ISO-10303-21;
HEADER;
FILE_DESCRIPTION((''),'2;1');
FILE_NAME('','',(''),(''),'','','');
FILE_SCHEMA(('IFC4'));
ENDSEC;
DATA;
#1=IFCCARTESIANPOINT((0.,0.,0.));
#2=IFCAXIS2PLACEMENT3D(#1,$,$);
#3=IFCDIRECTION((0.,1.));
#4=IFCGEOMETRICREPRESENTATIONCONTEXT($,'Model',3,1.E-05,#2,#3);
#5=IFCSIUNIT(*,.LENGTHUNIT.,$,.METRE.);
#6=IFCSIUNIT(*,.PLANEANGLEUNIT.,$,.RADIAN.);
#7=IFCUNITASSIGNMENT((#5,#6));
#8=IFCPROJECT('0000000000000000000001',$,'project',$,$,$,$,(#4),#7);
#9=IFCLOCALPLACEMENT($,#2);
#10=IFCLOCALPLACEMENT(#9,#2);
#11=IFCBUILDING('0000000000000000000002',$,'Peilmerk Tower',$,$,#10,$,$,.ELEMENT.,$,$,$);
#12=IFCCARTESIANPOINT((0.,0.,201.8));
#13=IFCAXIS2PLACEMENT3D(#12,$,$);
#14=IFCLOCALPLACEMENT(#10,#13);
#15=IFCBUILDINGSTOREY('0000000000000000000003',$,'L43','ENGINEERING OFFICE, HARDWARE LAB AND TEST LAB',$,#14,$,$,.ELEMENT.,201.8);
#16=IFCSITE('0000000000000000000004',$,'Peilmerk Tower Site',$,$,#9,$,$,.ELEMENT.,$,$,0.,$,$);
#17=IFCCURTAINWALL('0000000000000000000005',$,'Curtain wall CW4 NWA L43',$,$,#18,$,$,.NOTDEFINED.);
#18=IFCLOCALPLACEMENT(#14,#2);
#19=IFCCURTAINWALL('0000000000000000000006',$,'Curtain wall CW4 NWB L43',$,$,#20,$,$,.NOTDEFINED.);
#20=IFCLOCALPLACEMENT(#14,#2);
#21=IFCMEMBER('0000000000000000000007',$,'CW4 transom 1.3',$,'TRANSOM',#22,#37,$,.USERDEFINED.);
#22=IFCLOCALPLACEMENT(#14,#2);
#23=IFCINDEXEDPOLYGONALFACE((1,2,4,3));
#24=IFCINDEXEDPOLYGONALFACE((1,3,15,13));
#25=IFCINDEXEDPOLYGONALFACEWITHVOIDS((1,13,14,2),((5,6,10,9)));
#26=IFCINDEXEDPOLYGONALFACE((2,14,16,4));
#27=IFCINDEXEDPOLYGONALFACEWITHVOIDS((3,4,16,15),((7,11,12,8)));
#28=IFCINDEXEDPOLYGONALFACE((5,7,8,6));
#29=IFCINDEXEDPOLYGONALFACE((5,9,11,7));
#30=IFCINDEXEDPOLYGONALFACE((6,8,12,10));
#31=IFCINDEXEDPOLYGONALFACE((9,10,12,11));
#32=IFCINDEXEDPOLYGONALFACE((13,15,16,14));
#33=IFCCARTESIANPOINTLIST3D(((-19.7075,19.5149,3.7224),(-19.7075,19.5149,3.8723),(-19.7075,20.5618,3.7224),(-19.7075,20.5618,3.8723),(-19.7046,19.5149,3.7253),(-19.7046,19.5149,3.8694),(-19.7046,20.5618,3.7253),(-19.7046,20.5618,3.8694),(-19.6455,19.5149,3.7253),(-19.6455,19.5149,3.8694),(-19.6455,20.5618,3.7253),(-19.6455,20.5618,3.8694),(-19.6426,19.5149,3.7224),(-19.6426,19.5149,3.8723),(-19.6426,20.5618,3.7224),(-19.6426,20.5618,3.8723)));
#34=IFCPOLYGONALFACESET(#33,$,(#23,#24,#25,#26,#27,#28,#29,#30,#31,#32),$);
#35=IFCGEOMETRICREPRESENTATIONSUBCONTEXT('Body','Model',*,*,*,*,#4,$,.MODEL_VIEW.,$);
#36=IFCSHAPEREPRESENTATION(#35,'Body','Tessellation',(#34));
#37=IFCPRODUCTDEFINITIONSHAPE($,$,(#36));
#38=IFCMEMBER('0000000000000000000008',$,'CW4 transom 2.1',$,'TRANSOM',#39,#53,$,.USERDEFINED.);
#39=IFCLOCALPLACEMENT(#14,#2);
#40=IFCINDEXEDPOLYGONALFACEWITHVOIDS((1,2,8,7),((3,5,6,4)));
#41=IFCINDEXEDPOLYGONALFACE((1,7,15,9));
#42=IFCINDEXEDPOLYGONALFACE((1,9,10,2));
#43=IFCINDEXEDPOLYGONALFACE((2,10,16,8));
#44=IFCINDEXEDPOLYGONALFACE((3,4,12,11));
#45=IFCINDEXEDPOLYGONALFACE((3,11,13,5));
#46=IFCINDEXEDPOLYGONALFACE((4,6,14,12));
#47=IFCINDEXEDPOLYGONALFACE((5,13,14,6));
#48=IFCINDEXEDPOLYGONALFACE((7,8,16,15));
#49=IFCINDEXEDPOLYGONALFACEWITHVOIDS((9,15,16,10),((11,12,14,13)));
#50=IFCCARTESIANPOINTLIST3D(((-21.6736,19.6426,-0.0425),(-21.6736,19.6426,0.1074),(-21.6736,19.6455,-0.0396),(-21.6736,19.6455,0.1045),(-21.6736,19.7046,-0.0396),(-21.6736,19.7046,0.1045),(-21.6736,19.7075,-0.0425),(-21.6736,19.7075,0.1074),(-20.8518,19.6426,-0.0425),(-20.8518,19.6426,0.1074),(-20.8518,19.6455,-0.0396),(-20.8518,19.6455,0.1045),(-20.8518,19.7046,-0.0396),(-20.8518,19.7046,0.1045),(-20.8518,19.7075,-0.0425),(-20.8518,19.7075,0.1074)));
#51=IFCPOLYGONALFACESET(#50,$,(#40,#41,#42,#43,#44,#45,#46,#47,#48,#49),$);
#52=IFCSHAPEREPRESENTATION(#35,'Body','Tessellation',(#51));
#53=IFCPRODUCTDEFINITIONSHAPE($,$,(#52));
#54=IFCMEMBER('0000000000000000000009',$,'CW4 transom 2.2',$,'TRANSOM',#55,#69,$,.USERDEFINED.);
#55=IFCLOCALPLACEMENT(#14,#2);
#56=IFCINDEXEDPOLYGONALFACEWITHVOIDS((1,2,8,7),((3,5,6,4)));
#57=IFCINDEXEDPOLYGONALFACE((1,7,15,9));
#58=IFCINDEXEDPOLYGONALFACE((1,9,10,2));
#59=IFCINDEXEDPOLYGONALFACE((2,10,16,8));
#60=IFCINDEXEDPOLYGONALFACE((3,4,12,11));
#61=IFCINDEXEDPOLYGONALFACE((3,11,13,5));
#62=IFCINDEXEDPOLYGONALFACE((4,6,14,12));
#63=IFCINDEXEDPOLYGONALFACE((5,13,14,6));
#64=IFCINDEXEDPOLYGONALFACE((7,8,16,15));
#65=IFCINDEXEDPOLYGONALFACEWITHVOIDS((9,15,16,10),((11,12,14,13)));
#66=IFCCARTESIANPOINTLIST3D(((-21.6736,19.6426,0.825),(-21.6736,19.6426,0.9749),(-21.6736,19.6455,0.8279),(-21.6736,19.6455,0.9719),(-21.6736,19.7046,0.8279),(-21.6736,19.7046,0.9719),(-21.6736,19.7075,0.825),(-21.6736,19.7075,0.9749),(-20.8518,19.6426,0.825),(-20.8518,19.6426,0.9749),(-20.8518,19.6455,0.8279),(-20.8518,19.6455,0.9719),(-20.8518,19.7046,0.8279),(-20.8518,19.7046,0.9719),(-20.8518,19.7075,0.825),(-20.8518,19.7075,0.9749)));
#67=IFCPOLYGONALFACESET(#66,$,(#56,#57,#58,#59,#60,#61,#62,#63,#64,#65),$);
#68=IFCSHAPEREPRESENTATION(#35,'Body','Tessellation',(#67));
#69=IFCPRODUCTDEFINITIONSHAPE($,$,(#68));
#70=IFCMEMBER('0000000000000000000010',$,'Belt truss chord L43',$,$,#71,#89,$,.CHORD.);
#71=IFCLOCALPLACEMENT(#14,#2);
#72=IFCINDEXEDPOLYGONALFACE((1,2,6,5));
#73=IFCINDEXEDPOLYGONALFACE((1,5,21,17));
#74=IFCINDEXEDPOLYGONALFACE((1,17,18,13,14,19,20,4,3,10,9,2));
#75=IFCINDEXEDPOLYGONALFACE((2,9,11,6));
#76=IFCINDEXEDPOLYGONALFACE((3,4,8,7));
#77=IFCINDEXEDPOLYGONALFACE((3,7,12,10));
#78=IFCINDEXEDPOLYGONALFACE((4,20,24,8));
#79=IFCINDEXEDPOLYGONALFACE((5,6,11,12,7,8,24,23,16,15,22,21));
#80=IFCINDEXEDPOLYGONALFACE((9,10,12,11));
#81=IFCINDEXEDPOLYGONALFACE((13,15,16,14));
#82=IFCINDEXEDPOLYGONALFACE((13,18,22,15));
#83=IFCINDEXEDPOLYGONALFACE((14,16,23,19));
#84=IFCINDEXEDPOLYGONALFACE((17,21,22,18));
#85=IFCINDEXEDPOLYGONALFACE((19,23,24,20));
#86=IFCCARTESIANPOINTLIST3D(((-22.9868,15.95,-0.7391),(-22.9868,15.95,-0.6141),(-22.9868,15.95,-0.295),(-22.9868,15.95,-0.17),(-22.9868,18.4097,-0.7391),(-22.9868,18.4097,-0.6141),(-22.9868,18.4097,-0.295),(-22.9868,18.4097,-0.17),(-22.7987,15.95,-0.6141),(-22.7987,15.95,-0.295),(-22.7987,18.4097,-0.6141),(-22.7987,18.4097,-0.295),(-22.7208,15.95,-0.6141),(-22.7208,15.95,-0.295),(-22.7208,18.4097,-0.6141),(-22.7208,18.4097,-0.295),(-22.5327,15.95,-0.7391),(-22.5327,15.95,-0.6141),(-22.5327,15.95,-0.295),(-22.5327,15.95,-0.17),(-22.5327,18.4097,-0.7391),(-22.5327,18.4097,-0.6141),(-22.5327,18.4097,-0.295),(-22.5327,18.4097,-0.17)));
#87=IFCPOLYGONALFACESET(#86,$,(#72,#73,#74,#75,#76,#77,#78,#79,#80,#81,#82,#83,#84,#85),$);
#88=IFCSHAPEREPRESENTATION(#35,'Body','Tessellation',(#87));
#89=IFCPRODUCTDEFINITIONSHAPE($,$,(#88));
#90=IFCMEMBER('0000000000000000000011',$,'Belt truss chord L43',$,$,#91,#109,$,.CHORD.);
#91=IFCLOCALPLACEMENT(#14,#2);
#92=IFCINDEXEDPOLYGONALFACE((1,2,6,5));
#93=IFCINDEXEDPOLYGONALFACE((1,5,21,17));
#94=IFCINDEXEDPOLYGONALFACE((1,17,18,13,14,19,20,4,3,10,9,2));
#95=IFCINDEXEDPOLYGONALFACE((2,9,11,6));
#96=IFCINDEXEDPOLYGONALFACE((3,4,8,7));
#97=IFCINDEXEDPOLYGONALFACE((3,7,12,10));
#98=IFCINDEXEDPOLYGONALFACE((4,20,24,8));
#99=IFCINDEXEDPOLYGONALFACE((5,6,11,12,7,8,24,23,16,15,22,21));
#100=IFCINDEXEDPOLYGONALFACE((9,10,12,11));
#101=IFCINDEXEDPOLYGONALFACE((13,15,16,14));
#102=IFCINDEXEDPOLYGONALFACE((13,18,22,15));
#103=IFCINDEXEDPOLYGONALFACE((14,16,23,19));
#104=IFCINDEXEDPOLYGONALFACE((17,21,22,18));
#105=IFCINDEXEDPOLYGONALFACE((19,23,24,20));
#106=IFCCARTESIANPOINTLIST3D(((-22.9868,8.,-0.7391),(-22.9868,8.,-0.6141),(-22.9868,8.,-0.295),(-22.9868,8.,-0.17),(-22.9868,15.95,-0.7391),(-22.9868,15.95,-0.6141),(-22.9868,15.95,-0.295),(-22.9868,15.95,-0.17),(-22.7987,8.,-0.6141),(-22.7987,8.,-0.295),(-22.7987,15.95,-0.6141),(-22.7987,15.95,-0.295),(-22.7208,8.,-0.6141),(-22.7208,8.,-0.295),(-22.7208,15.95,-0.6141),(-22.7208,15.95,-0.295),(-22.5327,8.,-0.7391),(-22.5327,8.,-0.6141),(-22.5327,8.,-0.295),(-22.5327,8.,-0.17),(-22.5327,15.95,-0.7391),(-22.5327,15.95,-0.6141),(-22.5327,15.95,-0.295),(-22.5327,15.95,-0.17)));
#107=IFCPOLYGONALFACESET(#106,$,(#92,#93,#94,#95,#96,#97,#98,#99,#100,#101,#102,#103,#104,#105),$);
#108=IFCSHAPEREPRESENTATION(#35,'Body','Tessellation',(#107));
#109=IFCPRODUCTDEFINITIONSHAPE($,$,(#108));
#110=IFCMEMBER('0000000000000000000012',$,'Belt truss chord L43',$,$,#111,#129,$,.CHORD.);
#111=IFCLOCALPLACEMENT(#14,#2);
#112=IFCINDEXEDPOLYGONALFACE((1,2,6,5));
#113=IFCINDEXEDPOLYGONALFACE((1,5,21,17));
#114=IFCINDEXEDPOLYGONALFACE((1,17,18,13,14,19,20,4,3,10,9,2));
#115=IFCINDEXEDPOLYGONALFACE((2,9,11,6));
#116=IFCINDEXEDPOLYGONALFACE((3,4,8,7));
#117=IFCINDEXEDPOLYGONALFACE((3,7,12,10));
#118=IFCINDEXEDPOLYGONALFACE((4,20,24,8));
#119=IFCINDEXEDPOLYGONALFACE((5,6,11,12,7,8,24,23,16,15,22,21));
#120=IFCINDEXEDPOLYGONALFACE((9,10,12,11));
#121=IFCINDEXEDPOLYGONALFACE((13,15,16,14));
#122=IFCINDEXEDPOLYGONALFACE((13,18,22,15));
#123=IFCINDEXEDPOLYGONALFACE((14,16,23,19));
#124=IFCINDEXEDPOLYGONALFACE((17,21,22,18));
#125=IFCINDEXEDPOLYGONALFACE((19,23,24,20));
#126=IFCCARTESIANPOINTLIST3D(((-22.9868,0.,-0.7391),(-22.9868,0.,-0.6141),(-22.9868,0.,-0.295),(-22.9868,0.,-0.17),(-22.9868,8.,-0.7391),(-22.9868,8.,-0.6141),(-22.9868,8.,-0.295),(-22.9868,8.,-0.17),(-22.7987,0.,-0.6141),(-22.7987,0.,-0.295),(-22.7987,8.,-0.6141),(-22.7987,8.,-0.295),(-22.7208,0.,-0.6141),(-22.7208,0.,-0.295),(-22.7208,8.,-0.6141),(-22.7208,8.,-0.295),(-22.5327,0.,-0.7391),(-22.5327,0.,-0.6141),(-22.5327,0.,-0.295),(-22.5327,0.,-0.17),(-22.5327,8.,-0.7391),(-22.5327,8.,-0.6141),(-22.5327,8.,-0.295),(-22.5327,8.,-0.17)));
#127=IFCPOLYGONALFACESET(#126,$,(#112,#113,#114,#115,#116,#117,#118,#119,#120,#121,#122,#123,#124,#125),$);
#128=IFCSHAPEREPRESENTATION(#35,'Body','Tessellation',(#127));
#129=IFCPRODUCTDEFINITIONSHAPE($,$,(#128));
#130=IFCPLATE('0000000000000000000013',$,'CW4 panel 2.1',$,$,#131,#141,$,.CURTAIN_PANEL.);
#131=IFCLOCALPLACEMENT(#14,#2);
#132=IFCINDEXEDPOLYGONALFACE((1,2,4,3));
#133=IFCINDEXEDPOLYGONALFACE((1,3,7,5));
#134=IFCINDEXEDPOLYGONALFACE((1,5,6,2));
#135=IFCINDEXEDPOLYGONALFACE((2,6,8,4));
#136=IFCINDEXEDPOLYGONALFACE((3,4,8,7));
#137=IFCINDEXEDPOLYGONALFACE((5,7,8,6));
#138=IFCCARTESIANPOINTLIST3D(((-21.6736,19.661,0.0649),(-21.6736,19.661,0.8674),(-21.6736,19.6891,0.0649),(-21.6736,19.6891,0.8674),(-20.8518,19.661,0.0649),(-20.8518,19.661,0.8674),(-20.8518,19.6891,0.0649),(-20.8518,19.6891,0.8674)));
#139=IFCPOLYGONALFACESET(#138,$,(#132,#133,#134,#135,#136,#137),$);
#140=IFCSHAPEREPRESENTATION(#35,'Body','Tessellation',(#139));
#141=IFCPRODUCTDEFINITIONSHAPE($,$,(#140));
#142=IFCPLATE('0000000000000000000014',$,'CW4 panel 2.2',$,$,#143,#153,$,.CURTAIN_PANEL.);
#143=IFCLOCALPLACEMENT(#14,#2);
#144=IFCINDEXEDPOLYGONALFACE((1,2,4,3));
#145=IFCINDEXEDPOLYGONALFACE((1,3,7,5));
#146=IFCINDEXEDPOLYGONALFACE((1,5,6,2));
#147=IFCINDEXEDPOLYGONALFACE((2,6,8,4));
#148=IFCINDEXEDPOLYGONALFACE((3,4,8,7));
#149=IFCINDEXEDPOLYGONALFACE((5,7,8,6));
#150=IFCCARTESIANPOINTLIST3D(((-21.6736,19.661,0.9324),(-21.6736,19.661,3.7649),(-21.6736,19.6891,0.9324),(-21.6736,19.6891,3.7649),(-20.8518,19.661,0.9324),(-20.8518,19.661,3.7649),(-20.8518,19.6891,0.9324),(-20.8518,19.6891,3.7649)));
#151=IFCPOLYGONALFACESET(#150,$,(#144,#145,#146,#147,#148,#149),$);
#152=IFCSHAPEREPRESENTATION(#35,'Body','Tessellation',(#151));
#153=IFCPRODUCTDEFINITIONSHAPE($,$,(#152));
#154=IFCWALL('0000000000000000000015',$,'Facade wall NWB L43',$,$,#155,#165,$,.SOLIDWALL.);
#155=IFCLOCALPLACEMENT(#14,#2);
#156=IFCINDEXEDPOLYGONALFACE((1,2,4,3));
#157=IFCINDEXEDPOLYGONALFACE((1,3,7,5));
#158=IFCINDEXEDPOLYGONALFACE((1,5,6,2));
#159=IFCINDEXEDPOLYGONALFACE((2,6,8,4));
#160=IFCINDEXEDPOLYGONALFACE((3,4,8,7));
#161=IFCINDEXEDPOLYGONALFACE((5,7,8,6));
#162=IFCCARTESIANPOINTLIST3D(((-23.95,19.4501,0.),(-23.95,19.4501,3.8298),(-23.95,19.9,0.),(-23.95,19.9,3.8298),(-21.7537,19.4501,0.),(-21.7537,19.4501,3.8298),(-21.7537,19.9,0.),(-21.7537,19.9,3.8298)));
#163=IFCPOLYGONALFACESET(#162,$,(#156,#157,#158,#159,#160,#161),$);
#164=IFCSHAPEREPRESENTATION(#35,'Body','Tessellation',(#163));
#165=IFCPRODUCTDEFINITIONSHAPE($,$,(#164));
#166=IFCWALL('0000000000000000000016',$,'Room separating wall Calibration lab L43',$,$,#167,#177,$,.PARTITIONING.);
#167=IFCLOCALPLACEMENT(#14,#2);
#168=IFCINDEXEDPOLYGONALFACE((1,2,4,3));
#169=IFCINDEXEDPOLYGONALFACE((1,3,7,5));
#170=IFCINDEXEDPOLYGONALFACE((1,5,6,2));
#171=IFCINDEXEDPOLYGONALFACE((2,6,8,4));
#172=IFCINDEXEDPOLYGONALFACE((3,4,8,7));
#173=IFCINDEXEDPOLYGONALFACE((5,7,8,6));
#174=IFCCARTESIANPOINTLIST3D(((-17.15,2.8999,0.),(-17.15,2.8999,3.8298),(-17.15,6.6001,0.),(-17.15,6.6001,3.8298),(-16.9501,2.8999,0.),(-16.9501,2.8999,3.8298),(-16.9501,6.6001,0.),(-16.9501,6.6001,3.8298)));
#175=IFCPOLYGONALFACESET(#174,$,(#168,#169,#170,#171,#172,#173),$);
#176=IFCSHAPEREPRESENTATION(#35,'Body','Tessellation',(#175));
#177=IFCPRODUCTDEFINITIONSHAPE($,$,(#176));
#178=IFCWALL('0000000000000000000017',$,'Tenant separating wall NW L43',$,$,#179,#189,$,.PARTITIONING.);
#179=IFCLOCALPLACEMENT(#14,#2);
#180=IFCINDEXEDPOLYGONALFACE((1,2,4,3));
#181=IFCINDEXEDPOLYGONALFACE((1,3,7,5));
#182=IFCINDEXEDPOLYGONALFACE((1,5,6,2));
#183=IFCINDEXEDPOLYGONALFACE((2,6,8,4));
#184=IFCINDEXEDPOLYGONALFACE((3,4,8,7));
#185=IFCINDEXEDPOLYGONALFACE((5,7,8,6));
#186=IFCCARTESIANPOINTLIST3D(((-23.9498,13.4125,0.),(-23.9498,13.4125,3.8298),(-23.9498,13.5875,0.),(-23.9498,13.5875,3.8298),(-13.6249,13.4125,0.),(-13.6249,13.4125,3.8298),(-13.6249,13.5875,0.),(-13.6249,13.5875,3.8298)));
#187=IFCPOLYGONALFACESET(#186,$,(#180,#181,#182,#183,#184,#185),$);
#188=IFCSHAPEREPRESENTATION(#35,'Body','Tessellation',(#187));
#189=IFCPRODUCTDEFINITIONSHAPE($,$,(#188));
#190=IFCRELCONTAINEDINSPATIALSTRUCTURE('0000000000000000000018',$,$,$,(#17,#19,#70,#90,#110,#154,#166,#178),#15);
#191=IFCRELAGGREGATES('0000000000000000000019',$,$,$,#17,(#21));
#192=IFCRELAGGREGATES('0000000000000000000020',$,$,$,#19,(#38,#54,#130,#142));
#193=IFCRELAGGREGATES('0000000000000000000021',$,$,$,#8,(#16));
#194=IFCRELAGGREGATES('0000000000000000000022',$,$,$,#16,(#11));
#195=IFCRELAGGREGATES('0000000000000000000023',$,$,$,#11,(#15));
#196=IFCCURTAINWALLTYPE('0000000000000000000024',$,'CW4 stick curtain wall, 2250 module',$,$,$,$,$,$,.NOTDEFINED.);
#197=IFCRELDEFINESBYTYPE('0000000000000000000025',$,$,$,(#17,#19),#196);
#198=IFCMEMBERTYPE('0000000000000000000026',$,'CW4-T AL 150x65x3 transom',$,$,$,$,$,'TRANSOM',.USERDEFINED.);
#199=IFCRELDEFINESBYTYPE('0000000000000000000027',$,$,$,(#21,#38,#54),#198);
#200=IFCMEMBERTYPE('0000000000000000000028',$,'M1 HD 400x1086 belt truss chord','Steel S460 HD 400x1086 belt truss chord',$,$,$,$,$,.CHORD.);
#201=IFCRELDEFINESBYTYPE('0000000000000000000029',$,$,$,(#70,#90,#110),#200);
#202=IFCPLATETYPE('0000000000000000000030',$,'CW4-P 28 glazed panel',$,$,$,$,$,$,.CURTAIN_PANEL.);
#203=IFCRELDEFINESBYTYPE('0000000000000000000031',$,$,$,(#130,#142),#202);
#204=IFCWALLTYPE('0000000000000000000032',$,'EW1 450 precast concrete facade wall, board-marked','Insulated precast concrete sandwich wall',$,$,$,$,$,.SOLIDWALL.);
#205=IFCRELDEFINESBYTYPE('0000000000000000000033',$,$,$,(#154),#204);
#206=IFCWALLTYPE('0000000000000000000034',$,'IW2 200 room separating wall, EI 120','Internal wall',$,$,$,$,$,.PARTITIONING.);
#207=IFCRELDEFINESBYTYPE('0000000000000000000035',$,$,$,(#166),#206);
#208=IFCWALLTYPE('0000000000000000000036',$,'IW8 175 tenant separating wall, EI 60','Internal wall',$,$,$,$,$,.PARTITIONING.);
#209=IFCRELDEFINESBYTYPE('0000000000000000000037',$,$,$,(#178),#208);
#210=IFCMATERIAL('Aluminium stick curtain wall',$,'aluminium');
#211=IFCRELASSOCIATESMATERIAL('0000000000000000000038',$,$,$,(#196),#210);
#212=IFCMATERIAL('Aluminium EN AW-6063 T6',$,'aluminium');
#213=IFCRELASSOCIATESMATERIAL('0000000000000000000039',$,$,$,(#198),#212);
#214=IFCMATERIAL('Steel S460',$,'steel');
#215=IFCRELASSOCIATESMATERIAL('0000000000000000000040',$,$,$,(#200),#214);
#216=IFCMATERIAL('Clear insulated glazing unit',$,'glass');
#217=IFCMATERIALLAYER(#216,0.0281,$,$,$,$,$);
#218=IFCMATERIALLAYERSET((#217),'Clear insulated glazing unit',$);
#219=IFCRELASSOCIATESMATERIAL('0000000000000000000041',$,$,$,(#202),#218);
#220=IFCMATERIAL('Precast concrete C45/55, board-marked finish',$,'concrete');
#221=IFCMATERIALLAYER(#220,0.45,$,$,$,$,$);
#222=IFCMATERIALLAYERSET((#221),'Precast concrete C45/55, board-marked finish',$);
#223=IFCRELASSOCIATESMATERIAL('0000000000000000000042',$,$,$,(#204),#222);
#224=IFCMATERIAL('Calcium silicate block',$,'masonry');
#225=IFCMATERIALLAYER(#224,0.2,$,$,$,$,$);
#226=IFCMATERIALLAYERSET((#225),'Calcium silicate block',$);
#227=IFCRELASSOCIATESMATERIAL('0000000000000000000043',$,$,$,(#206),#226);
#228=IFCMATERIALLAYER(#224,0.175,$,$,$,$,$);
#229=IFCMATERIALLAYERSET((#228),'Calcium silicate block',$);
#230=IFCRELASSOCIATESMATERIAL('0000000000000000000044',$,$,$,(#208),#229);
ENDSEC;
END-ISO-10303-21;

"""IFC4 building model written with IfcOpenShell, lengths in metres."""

from ifc_helpers import new_model, si_unit, direction, frame, frame_2d, origin, origin_2d, place, context, subcontext, project, spatial, rectangle, hollow_rectangle, i_section, extrude, material, layer, layer_set, material_profile, profile_set, type_object, element, aggregate, save


model = new_model("IFC4")

# Units and contexts
model_context = context("Model", 3, precision=1e-05, world=origin(), true_north=direction((0.0, 1.0)))
body_context = subcontext(model_context, "Body", "Model", "MODEL_VIEW")
ifc_project = project(units=[si_unit("LENGTHUNIT", "METRE"), si_unit("PLANEANGLEUNIT", "RADIAN")], contexts=[model_context])

# Site, building, storey
site_placement = place(None, origin())
site = spatial("IfcSite", under=ifc_project, at=site_placement, Name="Peilmerk Tower Site", CompositionType="ELEMENT", RefElevation=0.0)
building_placement = place(site_placement, origin())
building = spatial("IfcBuilding", under=site, at=building_placement, Name="Peilmerk Tower", CompositionType="ELEMENT")
storey_placement = place(building_placement, frame((0.0, 0.0, 201.8)))
storey = spatial("IfcBuildingStorey", under=building, at=storey_placement, Name="L43", Description="ENGINEERING OFFICE, HARDWARE LAB AND TEST LAB", CompositionType="ELEMENT", Elevation=201.8)

# Shared definitions
ifc_material_1 = material(Name="Steel S460", Category="steel")

# Curtain walls
ifc_material_2 = material(Name="Aluminium stick curtain wall", Category="aluminium")
curtain_wall_type = type_object("IfcCurtainWallType", Name="CW4 stick curtain wall, 2250 module", PredefinedType="NOTDEFINED", material=ifc_material_2)
curtain_wall_1_placement = place(storey_placement, origin())
curtain_wall_1 = element("IfcCurtainWall", 1, at=curtain_wall_1_placement, inside=storey, type_object=curtain_wall_type, Name="Curtain wall CW4 NWA L43", PredefinedType="NOTDEFINED")
ifc_material_3 = material(Name="Aluminium EN AW-6063 T6", Category="aluminium")
curtain_wall_2_placement = place(storey_placement, origin())
curtain_wall_2 = element("IfcCurtainWall", 2, at=curtain_wall_2_placement, inside=storey, type_object=curtain_wall_type, Name="Curtain wall CW4 NWB L43", PredefinedType="NOTDEFINED")

# Members
ifc_material_profile_1 = material_profile(ifc_material_3, hollow_rectangle(XDim=0.0649, YDim=0.1499, WallThickness=0.0029, at=origin_2d()), Name="AL 150x65x3")
ifc_profile_set_1 = profile_set([ifc_material_profile_1], Name="Aluminium EN AW-6063 T6")
member_type_1 = type_object("IfcMemberType", Name="CW4-T AL 150x65x3 transom", ElementType="TRANSOM", PredefinedType="USERDEFINED", material=ifc_profile_set_1)
member_1_placement = place(storey_placement, frame((-19.675, 19.5149, 3.7974), z_axis=(0.0, 1.0, 0.0), x_axis=(-1.0, 0.0, 0.0)))
member_1 = element("IfcMember", 3, at=member_1_placement, type_object=member_type_1, Name="CW4 transom 1.3", ObjectType="TRANSOM", PredefinedType="USERDEFINED", context=body_context, shape_type="SweptSolid", body=[
    extrude(hollow_rectangle(XDim=0.0649, YDim=0.1499, WallThickness=0.0029, at=origin_2d()), origin(), (0.0, 0.0, 1.0), 1.0469),
])
aggregate(curtain_wall_1, [member_1])
member_2_placement = place(storey_placement, frame((-20.8518, 19.675, 0.0325), z_axis=(-1.0, 0.0, 0.0), x_axis=(0.0, -1.0, 0.0)))
member_2 = element("IfcMember", 4, at=member_2_placement, type_object=member_type_1, Name="CW4 transom 2.1", ObjectType="TRANSOM", PredefinedType="USERDEFINED", context=body_context, shape_type="SweptSolid", body=[
    extrude(hollow_rectangle(XDim=0.0649, YDim=0.1499, WallThickness=0.0029, at=origin_2d()), origin(), (0.0, 0.0, 1.0), 0.8218),
])
member_3_placement = place(storey_placement, frame((-20.8518, 19.675, 0.8999), z_axis=(-1.0, 0.0, 0.0), x_axis=(0.0, -1.0, 0.0)))
member_3 = element("IfcMember", 5, at=member_3_placement, type_object=member_type_1, Name="CW4 transom 2.2", ObjectType="TRANSOM", PredefinedType="USERDEFINED", context=body_context, shape_type="SweptSolid", body=[
    extrude(hollow_rectangle(XDim=0.0649, YDim=0.1499, WallThickness=0.0029, at=origin_2d()), origin(), (0.0, 0.0, 1.0), 0.8218),
])

# Members
ifc_material_profile_2 = material_profile(ifc_material_1, i_section(OverallWidth=0.4541, OverallDepth=0.5691, WebThickness=0.0779, FlangeThickness=0.125, at=origin_2d()), Name="HD 400x1086")
ifc_profile_set_2 = profile_set([ifc_material_profile_2], Name="Steel S460")
member_type_2 = type_object("IfcMemberType", Name="M1 HD 400x1086 belt truss chord", Description="Steel S460 HD 400x1086 belt truss chord", PredefinedType="CHORD", material=ifc_profile_set_2)
member_4_placement = place(storey_placement, frame((-22.7598, 18.4097, -0.4546), z_axis=(0.0, -1.0, 0.0), x_axis=(1.0, 0.0, 0.0)))
element("IfcMember", 6, at=member_4_placement, inside=storey, type_object=member_type_2, Name="Belt truss chord L43", PredefinedType="CHORD", context=body_context, shape_type="SweptSolid", body=[
    extrude(i_section(OverallWidth=0.4541, OverallDepth=0.5691, WebThickness=0.0779, FlangeThickness=0.125, at=origin_2d()), origin(), (0.0, 0.0, 1.0), 2.4597),
])
member_5_placement = place(storey_placement, frame((-22.7598, 15.95, -0.4546), z_axis=(0.0, -1.0, 0.0), x_axis=(1.0, 0.0, 0.0)))
element("IfcMember", 7, at=member_5_placement, inside=storey, type_object=member_type_2, Name="Belt truss chord L43", PredefinedType="CHORD", context=body_context, shape_type="SweptSolid", body=[
    extrude(i_section(OverallWidth=0.4541, OverallDepth=0.5691, WebThickness=0.0779, FlangeThickness=0.125, at=origin_2d()), origin(), (0.0, 0.0, 1.0), 7.95),
])
member_6_placement = place(storey_placement, frame((-22.7598, 8.0, -0.4546), z_axis=(0.0, -1.0, 0.0), x_axis=(1.0, 0.0, 0.0)))
element("IfcMember", 8, at=member_6_placement, inside=storey, type_object=member_type_2, Name="Belt truss chord L43", PredefinedType="CHORD", context=body_context, shape_type="SweptSolid", body=[
    extrude(i_section(OverallWidth=0.4541, OverallDepth=0.5691, WebThickness=0.0779, FlangeThickness=0.125, at=origin_2d()), origin(), (0.0, 0.0, 1.0), 8.0),
])

# Plates
ifc_material_4 = material(Name="Clear insulated glazing unit", Category="glass")
ifc_layer_1 = layer(ifc_material_4, 0.0281)
ifc_layer_set_1 = layer_set([ifc_layer_1], Name="Clear insulated glazing unit")
plate_type = type_object("IfcPlateType", Name="CW4-P 28 glazed panel", PredefinedType="CURTAIN_PANEL", material=ifc_layer_set_1)
plate_1_placement = place(storey_placement, frame((-21.2627, 19.675, 0.0649), z_axis=(0.0, 0.0, 1.0), x_axis=(-1.0, 0.0, 0.0)))
plate_1 = element("IfcPlate", 9, at=plate_1_placement, type_object=plate_type, Name="CW4 panel 2.1", PredefinedType="CURTAIN_PANEL", context=body_context, shape_type="SweptSolid", body=[
    extrude(rectangle(XDim=0.8218, YDim=0.0281, at=origin_2d()), origin(), (0.0, 0.0, 1.0), 0.8025),
])
plate_2_placement = place(storey_placement, frame((-21.2627, 19.675, 0.9324), z_axis=(0.0, 0.0, 1.0), x_axis=(-1.0, 0.0, 0.0)))
plate_2 = element("IfcPlate", 10, at=plate_2_placement, type_object=plate_type, Name="CW4 panel 2.2", PredefinedType="CURTAIN_PANEL", context=body_context, shape_type="SweptSolid", body=[
    extrude(rectangle(XDim=0.8218, YDim=0.0281, at=origin_2d()), origin(), (0.0, 0.0, 1.0), 2.8325),
])
aggregate(curtain_wall_2, [member_2, member_3, plate_1, plate_2])

# Walls
ifc_material_5 = material(Name="Precast concrete C45/55, board-marked finish", Category="concrete")
ifc_layer_2 = layer(ifc_material_5, 0.45)
ifc_layer_set_2 = layer_set([ifc_layer_2], Name="Precast concrete C45/55, board-marked finish")
wall_type_1 = type_object("IfcWallType", Name="EW1 450 precast concrete facade wall, board-marked", Description="Insulated precast concrete sandwich wall", PredefinedType="SOLIDWALL", material=ifc_layer_set_2)
wall_1_placement = place(storey_placement, frame((-21.7537, 19.675, 0.0), z_axis=(0.0, 0.0, 1.0), x_axis=(-1.0, 0.0, 0.0)))
element("IfcWall", 11, at=wall_1_placement, inside=storey, type_object=wall_type_1, Name="Facade wall NWB L43", PredefinedType="SOLIDWALL", context=body_context, shape_type="SweptSolid", body=[
    extrude(rectangle(XDim=2.1963, YDim=0.45, at=frame_2d((1.0981, 0.0))), origin(), (0.0, 0.0, 1.0), 3.8298),
])
ifc_material_6 = material(Name="Calcium silicate block", Category="masonry")
ifc_layer_3 = layer(ifc_material_6, 0.2)
ifc_layer_set_3 = layer_set([ifc_layer_3], Name="Calcium silicate block")
wall_type_2 = type_object("IfcWallType", Name="IW2 200 room separating wall, EI 120", Description="Internal wall", PredefinedType="PARTITIONING", material=ifc_layer_set_3)
wall_2_placement = place(storey_placement, frame((-17.05, 2.8999, 0.0), z_axis=(0.0, 0.0, 1.0), x_axis=(0.0, 1.0, 0.0)))
element("IfcWall", 12, at=wall_2_placement, inside=storey, type_object=wall_type_2, Name="Room separating wall Calibration lab L43", PredefinedType="PARTITIONING", context=body_context, shape_type="SweptSolid", body=[
    extrude(rectangle(XDim=3.7002, YDim=0.2, at=frame_2d((1.8501, 0.0))), origin(), (0.0, 0.0, 1.0), 3.8298),
])
ifc_layer_4 = layer(ifc_material_6, 0.175)
ifc_layer_set_4 = layer_set([ifc_layer_4], Name="Calcium silicate block")
wall_type_3 = type_object("IfcWallType", Name="IW8 175 tenant separating wall, EI 60", Description="Internal wall", PredefinedType="PARTITIONING", material=ifc_layer_set_4)
wall_3_placement = place(storey_placement, frame((-23.95, 13.5, 0.0), z_axis=(0.0, 0.0, 1.0), x_axis=(1.0, 0.0, 0.0)))
element("IfcWall", 13, at=wall_3_placement, inside=storey, type_object=wall_type_3, Name="Tenant separating wall NW L43", PredefinedType="PARTITIONING", context=body_context, shape_type="SweptSolid", body=[
    extrude(rectangle(XDim=10.325, YDim=0.175, at=frame_2d((5.1626, 0.0))), origin(), (0.0, 0.0, 1.0), 3.8298),
])

save(model, "model.ifc")
